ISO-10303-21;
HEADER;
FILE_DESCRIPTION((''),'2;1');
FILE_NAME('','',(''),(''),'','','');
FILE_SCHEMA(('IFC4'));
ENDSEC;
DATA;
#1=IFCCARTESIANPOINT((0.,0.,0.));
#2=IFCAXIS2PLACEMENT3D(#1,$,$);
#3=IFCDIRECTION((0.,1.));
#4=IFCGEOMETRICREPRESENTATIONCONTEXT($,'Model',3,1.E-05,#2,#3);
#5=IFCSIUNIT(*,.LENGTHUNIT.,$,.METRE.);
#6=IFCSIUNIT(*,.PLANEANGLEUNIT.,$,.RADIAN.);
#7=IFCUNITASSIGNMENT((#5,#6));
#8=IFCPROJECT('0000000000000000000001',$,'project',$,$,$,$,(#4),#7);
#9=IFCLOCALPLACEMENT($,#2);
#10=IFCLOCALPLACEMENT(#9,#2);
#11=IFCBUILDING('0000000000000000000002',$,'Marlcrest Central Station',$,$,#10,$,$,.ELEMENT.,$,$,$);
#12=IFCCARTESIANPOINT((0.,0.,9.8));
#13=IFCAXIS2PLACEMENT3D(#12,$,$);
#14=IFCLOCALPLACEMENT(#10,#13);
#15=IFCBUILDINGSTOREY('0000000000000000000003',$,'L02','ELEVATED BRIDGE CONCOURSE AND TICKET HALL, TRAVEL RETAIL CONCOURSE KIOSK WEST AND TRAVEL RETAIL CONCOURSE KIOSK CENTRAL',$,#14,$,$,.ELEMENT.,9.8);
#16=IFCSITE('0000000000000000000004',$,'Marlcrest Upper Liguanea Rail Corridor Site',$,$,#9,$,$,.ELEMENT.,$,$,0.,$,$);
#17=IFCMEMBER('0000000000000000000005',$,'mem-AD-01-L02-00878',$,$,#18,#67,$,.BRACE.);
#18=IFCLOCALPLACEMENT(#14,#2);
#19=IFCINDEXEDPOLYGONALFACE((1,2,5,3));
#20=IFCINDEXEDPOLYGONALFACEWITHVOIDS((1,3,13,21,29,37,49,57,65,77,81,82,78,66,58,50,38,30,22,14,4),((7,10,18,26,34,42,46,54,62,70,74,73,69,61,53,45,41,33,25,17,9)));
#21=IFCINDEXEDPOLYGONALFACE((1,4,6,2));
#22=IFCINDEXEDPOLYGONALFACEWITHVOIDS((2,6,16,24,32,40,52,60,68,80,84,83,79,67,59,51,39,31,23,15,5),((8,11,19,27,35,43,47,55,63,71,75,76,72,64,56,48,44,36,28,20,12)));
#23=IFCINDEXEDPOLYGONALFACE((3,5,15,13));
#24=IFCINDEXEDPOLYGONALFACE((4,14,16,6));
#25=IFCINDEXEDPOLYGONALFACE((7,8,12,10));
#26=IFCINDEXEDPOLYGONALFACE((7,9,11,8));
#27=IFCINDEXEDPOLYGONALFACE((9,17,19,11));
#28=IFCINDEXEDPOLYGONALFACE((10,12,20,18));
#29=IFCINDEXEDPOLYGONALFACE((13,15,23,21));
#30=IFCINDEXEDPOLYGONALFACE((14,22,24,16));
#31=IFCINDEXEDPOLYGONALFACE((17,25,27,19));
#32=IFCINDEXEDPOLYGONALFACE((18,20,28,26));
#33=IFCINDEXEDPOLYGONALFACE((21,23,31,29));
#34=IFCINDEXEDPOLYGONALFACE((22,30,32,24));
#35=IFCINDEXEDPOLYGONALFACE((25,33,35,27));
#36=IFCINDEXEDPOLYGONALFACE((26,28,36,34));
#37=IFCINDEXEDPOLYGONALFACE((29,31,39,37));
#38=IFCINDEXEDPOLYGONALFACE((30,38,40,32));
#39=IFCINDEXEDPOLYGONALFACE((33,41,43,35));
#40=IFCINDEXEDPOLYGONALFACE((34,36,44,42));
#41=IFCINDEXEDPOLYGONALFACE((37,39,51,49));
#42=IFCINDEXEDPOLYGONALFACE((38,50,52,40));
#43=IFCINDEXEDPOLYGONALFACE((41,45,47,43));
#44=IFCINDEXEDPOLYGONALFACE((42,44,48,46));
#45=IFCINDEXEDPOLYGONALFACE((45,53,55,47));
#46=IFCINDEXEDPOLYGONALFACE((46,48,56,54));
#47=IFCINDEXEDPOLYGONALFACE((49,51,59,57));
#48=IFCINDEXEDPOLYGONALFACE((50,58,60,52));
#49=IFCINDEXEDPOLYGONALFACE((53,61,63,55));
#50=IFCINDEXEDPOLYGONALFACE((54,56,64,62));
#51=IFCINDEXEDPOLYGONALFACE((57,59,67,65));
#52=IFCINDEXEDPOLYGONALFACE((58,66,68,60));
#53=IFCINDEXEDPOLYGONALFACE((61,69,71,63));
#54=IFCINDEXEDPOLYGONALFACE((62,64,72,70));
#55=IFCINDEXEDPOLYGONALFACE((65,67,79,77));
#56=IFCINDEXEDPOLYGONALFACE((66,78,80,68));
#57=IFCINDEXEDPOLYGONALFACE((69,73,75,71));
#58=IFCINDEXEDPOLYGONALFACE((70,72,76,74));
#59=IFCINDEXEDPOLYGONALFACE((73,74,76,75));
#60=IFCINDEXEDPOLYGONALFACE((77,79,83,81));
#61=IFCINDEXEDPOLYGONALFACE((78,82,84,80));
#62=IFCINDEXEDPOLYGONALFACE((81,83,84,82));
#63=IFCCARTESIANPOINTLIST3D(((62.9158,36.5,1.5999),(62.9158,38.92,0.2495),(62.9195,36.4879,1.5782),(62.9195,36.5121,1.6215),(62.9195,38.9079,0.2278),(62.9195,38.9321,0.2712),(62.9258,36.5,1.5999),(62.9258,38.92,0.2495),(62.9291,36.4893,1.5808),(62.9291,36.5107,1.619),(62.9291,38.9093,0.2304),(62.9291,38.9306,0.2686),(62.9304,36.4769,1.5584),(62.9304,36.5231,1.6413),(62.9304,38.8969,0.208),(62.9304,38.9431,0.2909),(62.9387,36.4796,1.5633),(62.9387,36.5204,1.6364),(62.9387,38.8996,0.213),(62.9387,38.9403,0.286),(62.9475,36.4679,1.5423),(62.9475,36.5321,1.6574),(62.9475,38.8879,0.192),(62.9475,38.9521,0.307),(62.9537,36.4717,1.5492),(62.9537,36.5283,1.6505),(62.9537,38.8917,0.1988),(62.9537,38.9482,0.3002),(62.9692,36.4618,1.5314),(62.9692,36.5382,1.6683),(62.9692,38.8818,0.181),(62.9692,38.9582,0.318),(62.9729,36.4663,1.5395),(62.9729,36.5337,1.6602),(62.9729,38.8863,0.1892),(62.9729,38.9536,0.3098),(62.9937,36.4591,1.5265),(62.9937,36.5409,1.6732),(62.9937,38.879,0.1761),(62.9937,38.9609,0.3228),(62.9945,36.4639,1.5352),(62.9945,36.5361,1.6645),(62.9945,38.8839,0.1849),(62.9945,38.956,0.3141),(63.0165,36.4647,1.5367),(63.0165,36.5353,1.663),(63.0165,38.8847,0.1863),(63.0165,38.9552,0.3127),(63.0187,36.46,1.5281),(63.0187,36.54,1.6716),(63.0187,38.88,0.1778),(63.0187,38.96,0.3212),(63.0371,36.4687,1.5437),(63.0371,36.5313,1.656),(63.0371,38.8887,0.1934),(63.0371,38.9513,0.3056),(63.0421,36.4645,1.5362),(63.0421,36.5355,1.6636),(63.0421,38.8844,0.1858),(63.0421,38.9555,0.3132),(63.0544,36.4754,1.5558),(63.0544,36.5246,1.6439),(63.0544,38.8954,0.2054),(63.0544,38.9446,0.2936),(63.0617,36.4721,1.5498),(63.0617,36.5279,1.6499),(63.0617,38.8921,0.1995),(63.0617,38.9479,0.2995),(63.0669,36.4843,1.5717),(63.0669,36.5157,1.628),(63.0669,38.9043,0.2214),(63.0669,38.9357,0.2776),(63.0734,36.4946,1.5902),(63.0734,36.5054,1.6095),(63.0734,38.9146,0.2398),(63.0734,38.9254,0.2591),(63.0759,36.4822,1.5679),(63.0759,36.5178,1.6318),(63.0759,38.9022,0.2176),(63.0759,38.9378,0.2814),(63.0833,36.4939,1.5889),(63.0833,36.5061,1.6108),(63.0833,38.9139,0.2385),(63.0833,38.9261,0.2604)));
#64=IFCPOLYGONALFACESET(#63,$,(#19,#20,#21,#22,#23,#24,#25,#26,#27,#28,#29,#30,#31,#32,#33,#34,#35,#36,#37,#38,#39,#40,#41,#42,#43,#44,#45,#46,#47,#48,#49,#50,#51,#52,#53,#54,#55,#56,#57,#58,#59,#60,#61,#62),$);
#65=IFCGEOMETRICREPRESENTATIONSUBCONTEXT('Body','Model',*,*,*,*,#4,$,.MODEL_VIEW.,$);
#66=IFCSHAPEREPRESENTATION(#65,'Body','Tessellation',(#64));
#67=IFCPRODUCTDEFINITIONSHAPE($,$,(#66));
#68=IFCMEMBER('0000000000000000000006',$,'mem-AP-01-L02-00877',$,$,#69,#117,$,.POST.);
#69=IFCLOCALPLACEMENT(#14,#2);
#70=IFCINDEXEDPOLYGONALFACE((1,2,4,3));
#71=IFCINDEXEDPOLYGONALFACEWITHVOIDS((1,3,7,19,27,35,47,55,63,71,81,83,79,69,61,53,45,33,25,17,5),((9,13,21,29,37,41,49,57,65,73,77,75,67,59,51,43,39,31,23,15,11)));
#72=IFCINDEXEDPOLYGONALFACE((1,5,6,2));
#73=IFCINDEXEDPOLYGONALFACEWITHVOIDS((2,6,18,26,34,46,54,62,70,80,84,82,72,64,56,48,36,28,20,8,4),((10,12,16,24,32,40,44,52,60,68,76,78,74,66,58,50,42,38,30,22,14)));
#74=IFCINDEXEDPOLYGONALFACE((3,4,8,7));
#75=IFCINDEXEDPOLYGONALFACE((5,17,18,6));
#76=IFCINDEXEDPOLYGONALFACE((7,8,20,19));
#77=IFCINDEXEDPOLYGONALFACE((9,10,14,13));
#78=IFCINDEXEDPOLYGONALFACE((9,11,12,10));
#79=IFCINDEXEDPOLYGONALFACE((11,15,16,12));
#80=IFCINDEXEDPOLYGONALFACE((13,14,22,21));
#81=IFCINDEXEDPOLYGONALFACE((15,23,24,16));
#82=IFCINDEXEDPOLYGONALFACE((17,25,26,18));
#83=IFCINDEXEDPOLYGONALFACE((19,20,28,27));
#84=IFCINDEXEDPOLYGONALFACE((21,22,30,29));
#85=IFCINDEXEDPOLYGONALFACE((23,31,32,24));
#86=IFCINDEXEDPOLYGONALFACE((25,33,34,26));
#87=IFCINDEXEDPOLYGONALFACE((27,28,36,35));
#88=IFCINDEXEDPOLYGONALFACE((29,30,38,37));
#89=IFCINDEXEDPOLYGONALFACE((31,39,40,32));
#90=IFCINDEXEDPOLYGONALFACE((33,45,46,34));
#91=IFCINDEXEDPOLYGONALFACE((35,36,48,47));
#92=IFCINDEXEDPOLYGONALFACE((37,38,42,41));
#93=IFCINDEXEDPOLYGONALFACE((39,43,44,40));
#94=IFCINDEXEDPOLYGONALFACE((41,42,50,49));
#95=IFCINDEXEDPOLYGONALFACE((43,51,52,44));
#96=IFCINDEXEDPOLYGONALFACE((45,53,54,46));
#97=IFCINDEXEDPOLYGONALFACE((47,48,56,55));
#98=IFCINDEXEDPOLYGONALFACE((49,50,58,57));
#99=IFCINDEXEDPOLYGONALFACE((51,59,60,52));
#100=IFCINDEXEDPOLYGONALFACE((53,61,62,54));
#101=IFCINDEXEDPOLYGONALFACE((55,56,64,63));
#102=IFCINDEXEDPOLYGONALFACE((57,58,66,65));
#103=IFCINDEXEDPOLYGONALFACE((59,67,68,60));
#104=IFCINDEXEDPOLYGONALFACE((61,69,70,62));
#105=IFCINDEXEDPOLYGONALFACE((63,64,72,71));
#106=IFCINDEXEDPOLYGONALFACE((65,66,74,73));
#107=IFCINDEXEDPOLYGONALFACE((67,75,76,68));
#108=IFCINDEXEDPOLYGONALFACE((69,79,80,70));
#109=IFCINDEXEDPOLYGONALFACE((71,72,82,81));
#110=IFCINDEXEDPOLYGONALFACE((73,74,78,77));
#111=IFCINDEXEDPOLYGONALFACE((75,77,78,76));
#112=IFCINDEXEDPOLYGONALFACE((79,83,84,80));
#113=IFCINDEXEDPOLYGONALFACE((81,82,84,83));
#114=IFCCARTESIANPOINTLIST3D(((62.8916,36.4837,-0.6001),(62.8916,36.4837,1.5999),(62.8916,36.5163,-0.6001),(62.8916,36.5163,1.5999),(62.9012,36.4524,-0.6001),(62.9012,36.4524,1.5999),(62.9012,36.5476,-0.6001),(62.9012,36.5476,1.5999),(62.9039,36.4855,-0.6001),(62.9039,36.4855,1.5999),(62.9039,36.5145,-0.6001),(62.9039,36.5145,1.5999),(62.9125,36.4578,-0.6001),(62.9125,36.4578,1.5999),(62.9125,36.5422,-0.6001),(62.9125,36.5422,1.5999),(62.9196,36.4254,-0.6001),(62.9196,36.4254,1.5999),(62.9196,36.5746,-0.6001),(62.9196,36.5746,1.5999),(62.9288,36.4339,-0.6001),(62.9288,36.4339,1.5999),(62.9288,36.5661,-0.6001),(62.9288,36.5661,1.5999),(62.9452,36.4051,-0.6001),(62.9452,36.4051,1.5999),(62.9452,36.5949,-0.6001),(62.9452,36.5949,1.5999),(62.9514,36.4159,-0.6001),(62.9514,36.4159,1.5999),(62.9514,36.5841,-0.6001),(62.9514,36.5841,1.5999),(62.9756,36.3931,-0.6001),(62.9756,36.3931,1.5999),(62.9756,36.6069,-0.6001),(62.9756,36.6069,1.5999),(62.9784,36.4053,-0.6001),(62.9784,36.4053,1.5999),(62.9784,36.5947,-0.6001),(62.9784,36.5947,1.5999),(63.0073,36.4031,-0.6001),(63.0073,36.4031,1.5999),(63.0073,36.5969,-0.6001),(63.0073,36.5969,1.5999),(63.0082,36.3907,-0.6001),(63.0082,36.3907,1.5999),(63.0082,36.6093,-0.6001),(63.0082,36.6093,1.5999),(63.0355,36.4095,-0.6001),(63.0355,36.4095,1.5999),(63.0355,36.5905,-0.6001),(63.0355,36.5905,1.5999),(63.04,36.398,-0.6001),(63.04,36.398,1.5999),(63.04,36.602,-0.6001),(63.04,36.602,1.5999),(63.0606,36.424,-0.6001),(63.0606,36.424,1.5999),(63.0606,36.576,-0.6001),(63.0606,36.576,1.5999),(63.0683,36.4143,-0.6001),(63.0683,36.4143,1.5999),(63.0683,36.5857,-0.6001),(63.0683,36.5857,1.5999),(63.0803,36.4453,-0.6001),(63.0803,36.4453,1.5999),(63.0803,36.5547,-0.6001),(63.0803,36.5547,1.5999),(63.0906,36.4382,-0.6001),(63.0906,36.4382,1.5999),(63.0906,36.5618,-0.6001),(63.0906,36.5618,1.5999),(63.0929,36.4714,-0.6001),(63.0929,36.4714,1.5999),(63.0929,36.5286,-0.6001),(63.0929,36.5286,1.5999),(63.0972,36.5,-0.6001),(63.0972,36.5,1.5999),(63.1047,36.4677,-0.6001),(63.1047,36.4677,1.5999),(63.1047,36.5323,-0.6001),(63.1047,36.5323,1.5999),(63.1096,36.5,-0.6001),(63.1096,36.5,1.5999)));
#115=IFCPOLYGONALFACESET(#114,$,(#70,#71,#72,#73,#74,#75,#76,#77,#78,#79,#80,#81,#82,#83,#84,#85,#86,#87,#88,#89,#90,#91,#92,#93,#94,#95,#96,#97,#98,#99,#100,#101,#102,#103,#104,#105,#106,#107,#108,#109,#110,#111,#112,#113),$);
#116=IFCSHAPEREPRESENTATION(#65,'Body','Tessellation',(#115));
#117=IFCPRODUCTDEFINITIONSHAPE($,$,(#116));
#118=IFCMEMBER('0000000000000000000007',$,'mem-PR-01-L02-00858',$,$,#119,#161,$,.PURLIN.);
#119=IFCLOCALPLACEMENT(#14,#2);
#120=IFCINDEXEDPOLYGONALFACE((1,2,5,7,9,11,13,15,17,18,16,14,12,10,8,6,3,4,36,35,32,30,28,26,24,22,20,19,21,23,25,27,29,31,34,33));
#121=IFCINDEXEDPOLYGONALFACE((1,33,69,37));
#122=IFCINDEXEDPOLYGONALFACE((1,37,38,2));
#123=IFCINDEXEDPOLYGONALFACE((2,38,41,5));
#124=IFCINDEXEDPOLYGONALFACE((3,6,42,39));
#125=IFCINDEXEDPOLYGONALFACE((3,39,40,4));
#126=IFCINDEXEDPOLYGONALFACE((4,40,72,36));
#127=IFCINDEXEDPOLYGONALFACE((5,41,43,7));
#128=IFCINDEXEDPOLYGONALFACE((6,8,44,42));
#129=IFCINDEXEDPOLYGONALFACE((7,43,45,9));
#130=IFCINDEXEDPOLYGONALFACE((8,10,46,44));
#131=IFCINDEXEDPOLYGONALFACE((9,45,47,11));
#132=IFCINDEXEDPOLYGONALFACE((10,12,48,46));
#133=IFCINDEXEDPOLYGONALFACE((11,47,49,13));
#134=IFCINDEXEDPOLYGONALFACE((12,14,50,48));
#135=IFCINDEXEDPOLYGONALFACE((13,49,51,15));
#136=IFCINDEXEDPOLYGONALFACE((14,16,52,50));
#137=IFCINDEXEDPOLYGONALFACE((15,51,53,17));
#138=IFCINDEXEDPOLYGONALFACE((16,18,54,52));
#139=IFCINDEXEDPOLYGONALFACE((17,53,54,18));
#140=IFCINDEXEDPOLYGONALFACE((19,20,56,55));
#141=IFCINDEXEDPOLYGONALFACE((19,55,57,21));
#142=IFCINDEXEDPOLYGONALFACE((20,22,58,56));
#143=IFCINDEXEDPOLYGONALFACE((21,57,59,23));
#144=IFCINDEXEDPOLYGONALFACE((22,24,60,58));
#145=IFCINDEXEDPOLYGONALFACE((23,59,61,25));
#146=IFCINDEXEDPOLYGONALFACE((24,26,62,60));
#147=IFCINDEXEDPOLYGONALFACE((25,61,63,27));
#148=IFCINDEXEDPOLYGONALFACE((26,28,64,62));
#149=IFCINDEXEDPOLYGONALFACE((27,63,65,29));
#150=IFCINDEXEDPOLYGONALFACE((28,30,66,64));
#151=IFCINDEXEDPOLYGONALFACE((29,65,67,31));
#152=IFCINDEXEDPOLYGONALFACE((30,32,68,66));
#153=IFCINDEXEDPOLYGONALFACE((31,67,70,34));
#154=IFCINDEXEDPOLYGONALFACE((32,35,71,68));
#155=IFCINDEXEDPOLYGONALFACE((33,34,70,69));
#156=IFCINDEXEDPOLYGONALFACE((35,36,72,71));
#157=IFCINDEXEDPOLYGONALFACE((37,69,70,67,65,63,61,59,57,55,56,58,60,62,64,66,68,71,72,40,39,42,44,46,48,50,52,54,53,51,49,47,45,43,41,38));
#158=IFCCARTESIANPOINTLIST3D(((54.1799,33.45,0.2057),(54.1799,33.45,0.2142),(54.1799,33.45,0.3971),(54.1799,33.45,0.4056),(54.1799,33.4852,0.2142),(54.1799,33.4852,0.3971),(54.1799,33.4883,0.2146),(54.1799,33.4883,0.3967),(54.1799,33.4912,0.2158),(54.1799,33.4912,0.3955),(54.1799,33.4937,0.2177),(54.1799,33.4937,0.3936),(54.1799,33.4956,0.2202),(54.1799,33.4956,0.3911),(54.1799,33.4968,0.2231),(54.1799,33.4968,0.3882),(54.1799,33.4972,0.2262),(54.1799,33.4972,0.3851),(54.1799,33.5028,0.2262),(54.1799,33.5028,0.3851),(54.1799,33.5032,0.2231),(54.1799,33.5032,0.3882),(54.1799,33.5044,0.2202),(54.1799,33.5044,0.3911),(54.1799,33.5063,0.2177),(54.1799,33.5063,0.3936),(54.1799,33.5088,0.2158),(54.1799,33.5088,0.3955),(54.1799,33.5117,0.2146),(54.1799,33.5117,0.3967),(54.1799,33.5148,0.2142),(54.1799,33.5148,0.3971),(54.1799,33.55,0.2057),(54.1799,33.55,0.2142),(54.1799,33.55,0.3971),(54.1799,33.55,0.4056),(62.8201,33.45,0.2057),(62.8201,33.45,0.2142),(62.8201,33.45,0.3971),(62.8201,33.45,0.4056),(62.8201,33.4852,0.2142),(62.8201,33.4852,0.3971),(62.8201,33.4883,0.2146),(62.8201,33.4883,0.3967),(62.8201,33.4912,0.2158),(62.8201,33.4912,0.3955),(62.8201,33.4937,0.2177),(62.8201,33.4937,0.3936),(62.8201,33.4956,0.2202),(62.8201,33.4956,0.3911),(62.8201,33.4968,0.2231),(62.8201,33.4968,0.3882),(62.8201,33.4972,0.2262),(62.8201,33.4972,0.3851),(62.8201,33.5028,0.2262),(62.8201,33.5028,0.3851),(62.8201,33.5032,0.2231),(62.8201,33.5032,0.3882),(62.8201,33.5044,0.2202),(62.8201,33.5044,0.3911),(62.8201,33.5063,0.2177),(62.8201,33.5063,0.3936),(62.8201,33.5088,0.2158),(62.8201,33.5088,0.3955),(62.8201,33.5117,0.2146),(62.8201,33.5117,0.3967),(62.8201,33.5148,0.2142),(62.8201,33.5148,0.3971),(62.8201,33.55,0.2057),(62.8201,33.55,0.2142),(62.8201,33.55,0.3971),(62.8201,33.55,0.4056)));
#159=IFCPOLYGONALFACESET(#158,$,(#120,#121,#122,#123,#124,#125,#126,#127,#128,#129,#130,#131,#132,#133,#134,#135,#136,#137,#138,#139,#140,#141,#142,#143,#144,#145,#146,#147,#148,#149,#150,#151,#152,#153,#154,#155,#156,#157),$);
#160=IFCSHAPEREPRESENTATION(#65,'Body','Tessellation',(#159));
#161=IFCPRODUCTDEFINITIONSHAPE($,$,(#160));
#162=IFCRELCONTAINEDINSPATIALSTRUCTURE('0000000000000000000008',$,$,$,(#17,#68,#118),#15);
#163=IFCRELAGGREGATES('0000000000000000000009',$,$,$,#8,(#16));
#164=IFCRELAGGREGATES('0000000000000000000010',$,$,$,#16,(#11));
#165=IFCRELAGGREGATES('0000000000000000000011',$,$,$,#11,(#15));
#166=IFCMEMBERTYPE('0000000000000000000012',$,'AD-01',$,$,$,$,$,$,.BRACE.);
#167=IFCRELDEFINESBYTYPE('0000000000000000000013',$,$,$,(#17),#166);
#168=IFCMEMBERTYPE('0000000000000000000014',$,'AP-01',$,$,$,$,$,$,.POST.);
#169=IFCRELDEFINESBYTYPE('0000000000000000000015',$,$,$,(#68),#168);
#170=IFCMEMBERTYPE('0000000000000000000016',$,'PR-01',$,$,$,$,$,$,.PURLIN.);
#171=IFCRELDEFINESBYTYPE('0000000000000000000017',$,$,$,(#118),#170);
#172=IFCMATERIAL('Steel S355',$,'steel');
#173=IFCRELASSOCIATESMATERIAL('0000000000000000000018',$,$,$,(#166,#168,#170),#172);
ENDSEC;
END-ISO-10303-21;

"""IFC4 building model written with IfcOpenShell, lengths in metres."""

from ifc_helpers import new_model, si_unit, direction, frame, origin, origin_2d, place, context, subcontext, project, spatial, hollow_circle, i_section, extrude, material, material_profile, profile_set, type_object, element, save


model = new_model("IFC4")

# Units and contexts
model_context = context("Model", 3, precision=1e-05, world=origin(), true_north=direction((0.0, 1.0)))
body_context = subcontext(model_context, "Body", "Model", "MODEL_VIEW")
ifc_project = project(units=[si_unit("LENGTHUNIT", "METRE"), si_unit("PLANEANGLEUNIT", "RADIAN")], contexts=[model_context])

# Site, building, storey
site_placement = place(None, origin())
site = spatial("IfcSite", under=ifc_project, at=site_placement, Name="Marlcrest Upper Liguanea Rail Corridor Site", CompositionType="ELEMENT", RefElevation=0.0)
building_placement = place(site_placement, origin())
building = spatial("IfcBuilding", under=site, at=building_placement, Name="Marlcrest Central Station", CompositionType="ELEMENT")
storey_placement = place(building_placement, frame((0.0, 0.0, 9.8)))
storey = spatial("IfcBuildingStorey", under=building, at=storey_placement, Name="L02", Description="ELEVATED BRIDGE CONCOURSE AND TICKET HALL, TRAVEL RETAIL CONCOURSE KIOSK WEST AND TRAVEL RETAIL CONCOURSE KIOSK CENTRAL", CompositionType="ELEMENT", Elevation=9.8)

# Members
ifc_material_1 = material(Name="Steel S355", Category="steel")
ifc_material_profile_1 = material_profile(ifc_material_1, hollow_circle(Radius=0.0842, WallThickness=0.01, at=origin_2d()), Name="CHS 168.3x10")
ifc_profile_set_1 = profile_set([ifc_material_profile_1], Name="Steel S355")
member_type_1 = type_object("IfcMemberType", Name="AD-01", PredefinedType="BRACE", material=ifc_profile_set_1)
member_1_placement = place(storey_placement, frame((63.0, 36.5, 1.5999), z_axis=(0.0, 0.873246, -0.48728), x_axis=(-1.0, 0.0, 0.0)))
element("IfcMember", 1, at=member_1_placement, inside=storey, type_object=member_type_1, Name="mem-AD-01-L02-00878", PredefinedType="BRACE", context=body_context, shape_type="SweptSolid", body=[
    extrude(hollow_circle(Radius=0.0842, WallThickness=0.01, at=origin_2d()), origin(), (0.0, 0.0, 1.0), 2.7712),
])
ifc_material_profile_2 = material_profile(ifc_material_1, hollow_circle(Radius=0.1096, WallThickness=0.0125, at=origin_2d()), Name="CHS 219.1x12.5")
ifc_profile_set_2 = profile_set([ifc_material_profile_2], Name="Steel S355")
member_type_2 = type_object("IfcMemberType", Name="AP-01", PredefinedType="POST", material=ifc_profile_set_2)
member_2_placement = place(storey_placement, frame((63.0, 36.5, -0.6001), z_axis=(0.0, 0.0, 1.0), x_axis=(1.0, 0.0, 0.0)))
element("IfcMember", 2, at=member_2_placement, inside=storey, type_object=member_type_2, Name="mem-AP-01-L02-00877", PredefinedType="POST", context=body_context, shape_type="SweptSolid", body=[
    extrude(hollow_circle(Radius=0.1096, WallThickness=0.0125, at=origin_2d()), origin(), (0.0, 0.0, 1.0), 2.2),
])
ifc_material_profile_3 = material_profile(ifc_material_1, i_section(OverallWidth=0.1001, OverallDepth=0.2, WebThickness=0.0056, FlangeThickness=0.0085, FilletRadius=0.012, at=origin_2d()), Name="IPE 200")
ifc_profile_set_3 = profile_set([ifc_material_profile_3], Name="Steel S355")
member_type_3 = type_object("IfcMemberType", Name="PR-01", PredefinedType="PURLIN", material=ifc_profile_set_3)
member_3_placement = place(storey_placement, frame((54.1799, 33.5, 0.3057), z_axis=(1.0, 0.0, 0.0), x_axis=(0.0, 1.0, 0.0)))
element("IfcMember", 3, at=member_3_placement, inside=storey, type_object=member_type_3, Name="mem-PR-01-L02-00858", PredefinedType="PURLIN", context=body_context, shape_type="SweptSolid", body=[
    extrude(i_section(OverallWidth=0.1001, OverallDepth=0.2, WebThickness=0.0056, FlangeThickness=0.0085, FilletRadius=0.012, at=origin_2d()), origin(), (0.0, 0.0, 1.0), 8.6401),
])

save(model, "model.ifc")
